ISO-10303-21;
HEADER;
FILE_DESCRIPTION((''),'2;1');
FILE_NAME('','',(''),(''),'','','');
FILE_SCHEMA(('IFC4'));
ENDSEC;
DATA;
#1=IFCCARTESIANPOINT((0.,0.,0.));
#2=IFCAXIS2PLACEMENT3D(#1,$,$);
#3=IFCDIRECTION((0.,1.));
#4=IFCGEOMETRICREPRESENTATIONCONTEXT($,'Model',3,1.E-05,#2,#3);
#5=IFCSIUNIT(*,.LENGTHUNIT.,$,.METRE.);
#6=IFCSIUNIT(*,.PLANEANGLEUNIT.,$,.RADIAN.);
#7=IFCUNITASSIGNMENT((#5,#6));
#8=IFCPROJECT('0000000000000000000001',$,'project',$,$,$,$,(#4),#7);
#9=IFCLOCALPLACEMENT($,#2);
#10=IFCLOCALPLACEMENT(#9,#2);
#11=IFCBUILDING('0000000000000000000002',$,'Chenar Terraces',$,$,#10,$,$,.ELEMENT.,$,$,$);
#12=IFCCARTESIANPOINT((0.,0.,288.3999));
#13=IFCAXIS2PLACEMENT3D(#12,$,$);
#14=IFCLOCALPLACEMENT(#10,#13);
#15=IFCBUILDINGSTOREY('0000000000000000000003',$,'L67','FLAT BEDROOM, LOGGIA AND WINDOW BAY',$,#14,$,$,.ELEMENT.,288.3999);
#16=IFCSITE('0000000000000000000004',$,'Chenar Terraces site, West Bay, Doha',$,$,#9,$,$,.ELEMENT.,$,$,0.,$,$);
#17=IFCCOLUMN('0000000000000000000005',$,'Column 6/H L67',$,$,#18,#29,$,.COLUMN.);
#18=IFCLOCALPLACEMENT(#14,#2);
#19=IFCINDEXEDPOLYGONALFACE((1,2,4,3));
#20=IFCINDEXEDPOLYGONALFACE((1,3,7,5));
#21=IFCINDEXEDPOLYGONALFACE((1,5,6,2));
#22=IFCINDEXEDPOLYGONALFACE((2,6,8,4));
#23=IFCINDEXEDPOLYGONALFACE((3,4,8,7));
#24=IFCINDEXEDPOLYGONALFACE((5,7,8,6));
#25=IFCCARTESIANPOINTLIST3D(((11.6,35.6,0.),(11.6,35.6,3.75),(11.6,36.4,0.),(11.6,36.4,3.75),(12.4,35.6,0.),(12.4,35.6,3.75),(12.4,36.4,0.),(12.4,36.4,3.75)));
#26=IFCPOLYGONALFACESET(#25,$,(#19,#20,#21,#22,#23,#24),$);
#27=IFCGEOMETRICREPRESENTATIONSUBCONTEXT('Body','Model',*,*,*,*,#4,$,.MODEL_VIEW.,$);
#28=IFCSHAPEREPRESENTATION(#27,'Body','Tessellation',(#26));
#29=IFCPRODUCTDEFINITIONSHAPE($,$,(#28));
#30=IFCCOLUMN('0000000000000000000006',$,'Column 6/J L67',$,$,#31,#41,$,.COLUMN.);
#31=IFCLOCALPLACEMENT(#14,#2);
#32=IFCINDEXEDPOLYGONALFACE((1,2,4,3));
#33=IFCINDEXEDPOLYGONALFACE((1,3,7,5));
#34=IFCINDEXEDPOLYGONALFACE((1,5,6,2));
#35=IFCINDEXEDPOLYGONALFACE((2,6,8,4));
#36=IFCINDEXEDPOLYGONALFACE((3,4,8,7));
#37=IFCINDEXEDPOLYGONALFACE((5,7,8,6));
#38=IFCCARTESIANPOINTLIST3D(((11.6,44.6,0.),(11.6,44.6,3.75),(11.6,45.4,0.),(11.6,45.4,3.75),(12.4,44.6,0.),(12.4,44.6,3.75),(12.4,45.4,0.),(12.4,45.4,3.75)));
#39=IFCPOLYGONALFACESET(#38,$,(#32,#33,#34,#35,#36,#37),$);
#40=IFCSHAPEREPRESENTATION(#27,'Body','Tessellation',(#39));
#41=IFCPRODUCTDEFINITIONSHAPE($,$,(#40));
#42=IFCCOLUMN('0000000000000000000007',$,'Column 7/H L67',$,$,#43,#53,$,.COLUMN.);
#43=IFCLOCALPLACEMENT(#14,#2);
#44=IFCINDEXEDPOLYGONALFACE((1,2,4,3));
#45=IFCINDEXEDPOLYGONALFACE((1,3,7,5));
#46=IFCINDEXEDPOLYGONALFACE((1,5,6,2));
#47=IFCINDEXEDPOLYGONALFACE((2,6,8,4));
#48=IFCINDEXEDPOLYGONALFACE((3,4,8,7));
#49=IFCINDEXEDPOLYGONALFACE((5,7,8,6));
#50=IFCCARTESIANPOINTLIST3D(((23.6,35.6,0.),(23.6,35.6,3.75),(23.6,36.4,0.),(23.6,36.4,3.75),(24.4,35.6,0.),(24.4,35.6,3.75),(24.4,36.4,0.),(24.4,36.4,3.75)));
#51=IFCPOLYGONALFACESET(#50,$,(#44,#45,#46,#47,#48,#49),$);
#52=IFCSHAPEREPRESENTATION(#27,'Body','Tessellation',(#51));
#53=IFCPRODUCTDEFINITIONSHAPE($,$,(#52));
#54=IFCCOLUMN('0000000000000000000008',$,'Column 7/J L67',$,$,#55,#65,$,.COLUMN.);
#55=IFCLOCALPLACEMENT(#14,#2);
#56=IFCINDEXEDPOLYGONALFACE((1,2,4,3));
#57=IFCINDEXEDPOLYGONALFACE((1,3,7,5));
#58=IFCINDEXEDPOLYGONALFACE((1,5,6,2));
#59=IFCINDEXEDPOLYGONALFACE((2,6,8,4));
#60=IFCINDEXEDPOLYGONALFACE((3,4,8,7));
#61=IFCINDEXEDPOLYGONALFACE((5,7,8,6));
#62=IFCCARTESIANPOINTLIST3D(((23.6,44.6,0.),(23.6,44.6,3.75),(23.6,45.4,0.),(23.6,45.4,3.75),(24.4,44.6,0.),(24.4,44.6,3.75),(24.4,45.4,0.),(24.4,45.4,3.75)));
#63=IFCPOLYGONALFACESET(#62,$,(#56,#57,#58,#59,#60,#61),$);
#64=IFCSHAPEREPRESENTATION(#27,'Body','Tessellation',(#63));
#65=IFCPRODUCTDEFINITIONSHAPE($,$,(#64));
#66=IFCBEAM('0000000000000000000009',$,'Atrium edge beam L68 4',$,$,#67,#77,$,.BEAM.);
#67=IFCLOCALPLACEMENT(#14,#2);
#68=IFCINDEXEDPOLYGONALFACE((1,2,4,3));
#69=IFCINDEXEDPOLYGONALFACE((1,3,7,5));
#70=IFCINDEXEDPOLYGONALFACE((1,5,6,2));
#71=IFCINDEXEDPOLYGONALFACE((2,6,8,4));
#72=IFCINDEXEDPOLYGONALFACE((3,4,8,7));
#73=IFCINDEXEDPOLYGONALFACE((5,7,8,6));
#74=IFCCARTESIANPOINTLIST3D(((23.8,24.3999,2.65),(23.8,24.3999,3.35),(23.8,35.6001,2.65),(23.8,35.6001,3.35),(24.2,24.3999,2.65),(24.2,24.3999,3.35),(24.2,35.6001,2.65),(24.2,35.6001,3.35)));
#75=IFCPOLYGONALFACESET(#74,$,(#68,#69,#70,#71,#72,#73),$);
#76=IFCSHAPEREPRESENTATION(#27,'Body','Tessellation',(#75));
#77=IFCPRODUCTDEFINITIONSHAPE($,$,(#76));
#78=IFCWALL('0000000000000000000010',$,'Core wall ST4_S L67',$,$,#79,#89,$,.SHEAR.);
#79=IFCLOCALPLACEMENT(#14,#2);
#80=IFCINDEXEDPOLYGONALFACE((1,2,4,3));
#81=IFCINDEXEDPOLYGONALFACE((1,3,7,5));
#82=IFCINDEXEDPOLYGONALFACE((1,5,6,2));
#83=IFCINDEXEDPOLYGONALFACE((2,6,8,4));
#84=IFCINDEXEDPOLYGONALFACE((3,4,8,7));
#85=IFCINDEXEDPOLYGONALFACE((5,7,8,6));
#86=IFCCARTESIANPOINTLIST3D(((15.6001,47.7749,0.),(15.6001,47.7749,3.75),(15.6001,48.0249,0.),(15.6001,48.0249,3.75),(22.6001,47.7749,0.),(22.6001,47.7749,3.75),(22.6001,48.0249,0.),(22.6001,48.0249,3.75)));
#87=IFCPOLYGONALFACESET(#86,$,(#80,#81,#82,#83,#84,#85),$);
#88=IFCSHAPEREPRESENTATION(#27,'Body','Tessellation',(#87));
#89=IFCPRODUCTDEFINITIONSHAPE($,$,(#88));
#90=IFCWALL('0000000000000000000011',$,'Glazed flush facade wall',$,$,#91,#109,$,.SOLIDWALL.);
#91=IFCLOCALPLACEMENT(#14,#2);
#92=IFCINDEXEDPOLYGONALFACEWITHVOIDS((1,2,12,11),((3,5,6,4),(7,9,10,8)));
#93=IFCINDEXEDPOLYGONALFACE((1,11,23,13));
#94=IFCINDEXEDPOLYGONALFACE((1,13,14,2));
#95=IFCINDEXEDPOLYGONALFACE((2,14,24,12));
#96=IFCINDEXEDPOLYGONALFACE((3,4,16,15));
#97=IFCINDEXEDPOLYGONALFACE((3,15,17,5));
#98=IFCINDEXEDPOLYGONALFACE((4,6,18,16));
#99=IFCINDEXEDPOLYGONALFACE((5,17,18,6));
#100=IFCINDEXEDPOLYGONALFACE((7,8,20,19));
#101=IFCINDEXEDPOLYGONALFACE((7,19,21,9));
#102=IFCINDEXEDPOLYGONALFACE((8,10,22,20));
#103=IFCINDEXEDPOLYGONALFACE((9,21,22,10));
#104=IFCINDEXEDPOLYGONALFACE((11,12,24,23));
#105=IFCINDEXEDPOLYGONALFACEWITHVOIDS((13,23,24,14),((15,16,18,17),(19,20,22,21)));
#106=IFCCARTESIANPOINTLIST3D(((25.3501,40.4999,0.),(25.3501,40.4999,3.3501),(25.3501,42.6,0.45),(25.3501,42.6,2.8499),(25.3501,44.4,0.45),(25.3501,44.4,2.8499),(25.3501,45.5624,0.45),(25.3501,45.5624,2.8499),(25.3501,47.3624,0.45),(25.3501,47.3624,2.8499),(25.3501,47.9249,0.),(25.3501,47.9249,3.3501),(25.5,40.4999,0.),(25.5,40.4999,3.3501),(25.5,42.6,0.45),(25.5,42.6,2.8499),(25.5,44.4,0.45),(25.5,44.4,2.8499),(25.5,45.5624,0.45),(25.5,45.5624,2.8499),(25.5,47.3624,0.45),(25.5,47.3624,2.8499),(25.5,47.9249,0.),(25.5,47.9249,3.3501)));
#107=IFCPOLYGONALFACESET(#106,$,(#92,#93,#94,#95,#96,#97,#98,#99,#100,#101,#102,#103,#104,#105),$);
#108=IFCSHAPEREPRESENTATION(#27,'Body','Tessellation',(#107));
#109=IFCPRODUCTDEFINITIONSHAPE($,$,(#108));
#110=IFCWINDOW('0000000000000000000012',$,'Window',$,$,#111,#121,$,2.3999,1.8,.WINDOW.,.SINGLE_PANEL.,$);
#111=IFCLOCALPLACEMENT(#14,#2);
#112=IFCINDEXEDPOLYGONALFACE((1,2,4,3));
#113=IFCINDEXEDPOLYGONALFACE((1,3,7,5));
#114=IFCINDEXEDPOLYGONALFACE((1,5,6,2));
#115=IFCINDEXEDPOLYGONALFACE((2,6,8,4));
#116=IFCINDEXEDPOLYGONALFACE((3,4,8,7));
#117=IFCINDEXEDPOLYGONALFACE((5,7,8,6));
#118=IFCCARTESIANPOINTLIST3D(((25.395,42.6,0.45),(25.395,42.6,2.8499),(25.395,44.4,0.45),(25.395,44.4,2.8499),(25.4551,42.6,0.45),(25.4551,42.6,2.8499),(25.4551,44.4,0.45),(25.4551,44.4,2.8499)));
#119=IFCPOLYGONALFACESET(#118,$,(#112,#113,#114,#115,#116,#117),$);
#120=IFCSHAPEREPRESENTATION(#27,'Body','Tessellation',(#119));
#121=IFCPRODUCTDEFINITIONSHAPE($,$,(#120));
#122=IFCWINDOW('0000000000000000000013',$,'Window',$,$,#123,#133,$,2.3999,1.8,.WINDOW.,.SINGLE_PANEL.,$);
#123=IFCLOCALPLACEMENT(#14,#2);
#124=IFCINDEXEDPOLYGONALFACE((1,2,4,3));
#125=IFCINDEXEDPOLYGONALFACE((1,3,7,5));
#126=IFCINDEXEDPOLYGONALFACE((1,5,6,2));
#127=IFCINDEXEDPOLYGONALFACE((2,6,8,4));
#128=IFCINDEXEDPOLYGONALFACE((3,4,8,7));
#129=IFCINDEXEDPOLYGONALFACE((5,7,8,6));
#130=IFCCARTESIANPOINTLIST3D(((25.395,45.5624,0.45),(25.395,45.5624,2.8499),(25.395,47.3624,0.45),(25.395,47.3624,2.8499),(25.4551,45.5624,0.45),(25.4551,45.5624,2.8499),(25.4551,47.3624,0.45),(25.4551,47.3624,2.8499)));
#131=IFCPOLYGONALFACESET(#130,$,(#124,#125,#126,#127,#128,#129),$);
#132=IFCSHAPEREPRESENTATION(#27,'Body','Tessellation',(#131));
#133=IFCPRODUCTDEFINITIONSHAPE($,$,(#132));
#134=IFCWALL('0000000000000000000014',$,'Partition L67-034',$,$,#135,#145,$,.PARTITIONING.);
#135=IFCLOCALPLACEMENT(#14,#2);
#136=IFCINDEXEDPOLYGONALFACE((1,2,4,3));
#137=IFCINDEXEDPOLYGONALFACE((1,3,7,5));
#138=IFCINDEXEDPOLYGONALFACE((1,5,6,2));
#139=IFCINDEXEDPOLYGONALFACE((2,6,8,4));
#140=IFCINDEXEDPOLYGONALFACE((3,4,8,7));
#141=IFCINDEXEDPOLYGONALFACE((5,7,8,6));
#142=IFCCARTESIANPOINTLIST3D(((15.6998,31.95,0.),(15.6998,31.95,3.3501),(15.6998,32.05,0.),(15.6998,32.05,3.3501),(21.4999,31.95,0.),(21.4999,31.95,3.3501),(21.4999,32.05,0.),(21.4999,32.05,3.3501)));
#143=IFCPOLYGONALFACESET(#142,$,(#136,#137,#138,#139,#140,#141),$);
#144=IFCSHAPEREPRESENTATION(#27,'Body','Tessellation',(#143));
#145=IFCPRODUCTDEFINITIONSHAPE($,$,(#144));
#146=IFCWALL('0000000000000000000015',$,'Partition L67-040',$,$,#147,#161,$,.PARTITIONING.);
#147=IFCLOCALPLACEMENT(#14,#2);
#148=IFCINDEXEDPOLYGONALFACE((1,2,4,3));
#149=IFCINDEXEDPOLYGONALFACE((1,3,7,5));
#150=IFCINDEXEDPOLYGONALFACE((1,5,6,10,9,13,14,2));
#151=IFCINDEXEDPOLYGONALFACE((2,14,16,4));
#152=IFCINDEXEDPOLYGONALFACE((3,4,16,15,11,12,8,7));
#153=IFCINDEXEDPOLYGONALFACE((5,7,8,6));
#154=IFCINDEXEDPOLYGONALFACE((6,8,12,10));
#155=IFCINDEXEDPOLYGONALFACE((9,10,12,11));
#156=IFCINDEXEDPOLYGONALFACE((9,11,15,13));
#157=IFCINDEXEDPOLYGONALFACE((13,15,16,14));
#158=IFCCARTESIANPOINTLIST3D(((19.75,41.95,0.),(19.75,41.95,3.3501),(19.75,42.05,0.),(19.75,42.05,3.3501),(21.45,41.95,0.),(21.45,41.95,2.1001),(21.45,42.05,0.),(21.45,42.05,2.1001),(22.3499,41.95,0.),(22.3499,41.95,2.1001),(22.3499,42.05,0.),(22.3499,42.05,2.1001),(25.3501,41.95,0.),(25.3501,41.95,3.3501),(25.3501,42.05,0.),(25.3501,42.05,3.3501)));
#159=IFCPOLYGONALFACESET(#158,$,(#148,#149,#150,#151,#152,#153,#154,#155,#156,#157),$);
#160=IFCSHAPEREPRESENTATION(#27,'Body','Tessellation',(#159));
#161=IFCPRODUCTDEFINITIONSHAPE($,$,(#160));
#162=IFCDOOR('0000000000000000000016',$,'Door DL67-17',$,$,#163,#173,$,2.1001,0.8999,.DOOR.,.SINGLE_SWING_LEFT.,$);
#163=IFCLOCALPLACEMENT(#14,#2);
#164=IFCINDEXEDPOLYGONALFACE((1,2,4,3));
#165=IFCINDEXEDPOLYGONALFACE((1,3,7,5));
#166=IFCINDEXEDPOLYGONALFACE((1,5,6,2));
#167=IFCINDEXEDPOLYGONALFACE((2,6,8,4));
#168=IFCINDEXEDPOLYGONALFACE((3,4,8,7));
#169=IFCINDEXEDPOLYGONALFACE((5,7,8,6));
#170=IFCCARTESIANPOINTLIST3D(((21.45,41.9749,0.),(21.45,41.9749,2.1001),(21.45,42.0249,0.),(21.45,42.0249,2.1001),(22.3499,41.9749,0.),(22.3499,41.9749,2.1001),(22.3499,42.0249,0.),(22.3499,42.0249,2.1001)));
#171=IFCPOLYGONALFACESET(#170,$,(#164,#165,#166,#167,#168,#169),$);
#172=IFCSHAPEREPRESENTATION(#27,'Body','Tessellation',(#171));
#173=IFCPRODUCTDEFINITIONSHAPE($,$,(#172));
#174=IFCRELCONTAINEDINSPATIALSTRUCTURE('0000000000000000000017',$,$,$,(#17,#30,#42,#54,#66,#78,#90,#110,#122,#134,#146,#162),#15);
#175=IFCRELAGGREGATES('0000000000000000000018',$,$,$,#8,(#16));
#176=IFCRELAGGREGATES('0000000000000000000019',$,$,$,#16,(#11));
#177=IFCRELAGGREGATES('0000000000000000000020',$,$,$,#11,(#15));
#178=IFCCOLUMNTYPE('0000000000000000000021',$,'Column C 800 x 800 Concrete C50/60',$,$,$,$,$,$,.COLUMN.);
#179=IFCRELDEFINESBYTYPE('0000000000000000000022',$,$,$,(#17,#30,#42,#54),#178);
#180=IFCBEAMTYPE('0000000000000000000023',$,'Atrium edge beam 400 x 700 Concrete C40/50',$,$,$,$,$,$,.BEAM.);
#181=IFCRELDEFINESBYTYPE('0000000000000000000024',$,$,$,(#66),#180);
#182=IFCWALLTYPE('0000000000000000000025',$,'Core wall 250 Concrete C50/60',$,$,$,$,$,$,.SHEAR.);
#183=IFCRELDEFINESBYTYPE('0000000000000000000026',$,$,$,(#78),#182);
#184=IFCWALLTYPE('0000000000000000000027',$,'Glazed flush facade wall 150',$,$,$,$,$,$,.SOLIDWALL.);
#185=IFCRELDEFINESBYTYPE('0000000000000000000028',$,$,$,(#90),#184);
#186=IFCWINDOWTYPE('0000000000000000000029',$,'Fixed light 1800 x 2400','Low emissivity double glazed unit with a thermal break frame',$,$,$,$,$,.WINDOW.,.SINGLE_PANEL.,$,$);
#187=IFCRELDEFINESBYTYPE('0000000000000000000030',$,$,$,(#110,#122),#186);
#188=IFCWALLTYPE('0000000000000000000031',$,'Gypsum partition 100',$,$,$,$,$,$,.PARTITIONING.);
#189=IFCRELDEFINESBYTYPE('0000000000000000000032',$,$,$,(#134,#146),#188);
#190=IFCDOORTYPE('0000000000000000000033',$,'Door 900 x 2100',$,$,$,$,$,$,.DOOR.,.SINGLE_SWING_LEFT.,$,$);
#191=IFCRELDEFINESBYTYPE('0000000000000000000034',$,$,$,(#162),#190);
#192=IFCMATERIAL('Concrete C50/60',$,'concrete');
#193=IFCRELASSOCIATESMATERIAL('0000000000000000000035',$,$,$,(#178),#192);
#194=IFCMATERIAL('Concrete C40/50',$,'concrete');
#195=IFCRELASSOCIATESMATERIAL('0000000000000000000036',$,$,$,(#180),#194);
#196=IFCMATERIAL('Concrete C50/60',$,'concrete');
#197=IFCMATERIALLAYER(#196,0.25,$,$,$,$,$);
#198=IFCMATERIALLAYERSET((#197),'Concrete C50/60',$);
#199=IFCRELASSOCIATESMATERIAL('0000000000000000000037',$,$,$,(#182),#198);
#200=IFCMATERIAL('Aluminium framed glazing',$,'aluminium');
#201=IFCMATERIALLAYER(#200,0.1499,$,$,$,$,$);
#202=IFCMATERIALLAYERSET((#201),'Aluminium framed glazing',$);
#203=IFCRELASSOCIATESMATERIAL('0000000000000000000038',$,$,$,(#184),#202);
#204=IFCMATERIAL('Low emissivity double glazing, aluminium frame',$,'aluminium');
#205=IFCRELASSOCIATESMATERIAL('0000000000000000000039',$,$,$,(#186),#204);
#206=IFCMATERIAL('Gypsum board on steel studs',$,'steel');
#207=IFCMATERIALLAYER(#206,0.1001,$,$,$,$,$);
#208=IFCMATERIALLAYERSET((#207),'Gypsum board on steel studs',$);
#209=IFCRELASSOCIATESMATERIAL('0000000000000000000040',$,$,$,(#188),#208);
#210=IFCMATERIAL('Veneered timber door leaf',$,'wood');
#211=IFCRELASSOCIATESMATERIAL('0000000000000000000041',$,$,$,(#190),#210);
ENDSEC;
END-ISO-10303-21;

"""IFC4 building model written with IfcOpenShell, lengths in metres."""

from ifc_helpers import new_model, si_unit, direction, frame, frame_2d, origin, origin_2d, place, context, subcontext, project, spatial, rectangle, extrude, material, layer, layer_set, material_profile, profile_set, type_object, element, fill, save


model = new_model("IFC4")

# Units and contexts
model_context = context("Model", 3, precision=1e-05, world=origin(), true_north=direction((0.0, 1.0)))
body_context = subcontext(model_context, "Body", "Model", "MODEL_VIEW")
ifc_project = project(units=[si_unit("LENGTHUNIT", "METRE"), si_unit("PLANEANGLEUNIT", "RADIAN")], contexts=[model_context])

# Site, building, storey
site_placement = place(None, origin())
site = spatial("IfcSite", under=ifc_project, at=site_placement, Name="Chenar Terraces site, West Bay, Doha", CompositionType="ELEMENT", RefElevation=0.0)
building_placement = place(site_placement, origin())
building = spatial("IfcBuilding", under=site, at=building_placement, Name="Chenar Terraces", CompositionType="ELEMENT")
storey_placement = place(building_placement, frame((0.0, 0.0, 288.3999)))
storey = spatial("IfcBuildingStorey", under=building, at=storey_placement, Name="L67", Description="FLAT BEDROOM, LOGGIA AND WINDOW BAY", CompositionType="ELEMENT", Elevation=288.3999)

# Columns
ifc_material_1 = material(Name="Concrete C50/60", Category="concrete")
ifc_material_profile_1 = material_profile(ifc_material_1, rectangle(XDim=0.8, YDim=0.8, at=origin_2d()), Name="C 800 x 800")
ifc_profile_set_1 = profile_set([ifc_material_profile_1], Name="Concrete C50/60")
column_type = type_object("IfcColumnType", Name="Column C 800 x 800 Concrete C50/60", PredefinedType="COLUMN", material=ifc_profile_set_1)
for number, where, z_axis, x_axis, name in (
    (1, (12.0, 36.0, 0.0), (0.0, 0.0, 1.0), (1.0, 0.0, 0.0), "Column 6/H L67"),
    (2, (12.0, 45.0, 0.0), (0.0, 0.0, 1.0), (1.0, 0.0, 0.0), "Column 6/J L67"),
    (3, (24.0, 36.0, 0.0), (0.0, 0.0, 1.0), (1.0, 0.0, 0.0), "Column 7/H L67"),
    (4, (24.0, 45.0, 0.0), (0.0, 0.0, 1.0), (1.0, 0.0, 0.0), "Column 7/J L67"),
):
    element("IfcColumn", number, at=place(storey_placement, frame(where, z_axis=z_axis, x_axis=x_axis)), inside=storey, type_object=column_type, Name=name, PredefinedType="COLUMN", context=body_context, shape_type="SweptSolid", body=[
        extrude(rectangle(XDim=0.8, YDim=0.8, at=origin_2d()), origin(), (0.0, 0.0, 1.0), 3.75),
    ])

# Beam
ifc_material_2 = material(Name="Concrete C40/50", Category="concrete")
ifc_material_profile_2 = material_profile(ifc_material_2, rectangle(XDim=0.3999, YDim=0.7, at=origin_2d()), Name="RC 400 x 700")
ifc_profile_set_2 = profile_set([ifc_material_profile_2], Name="Concrete C40/50")
beam_type = type_object("IfcBeamType", Name="Atrium edge beam 400 x 700 Concrete C40/50", PredefinedType="BEAM", material=ifc_profile_set_2)
beam_placement = place(storey_placement, frame((24.0, 35.6001, 3.0), z_axis=(0.0, -1.0, 0.0), x_axis=(1.0, 0.0, 0.0)))
element("IfcBeam", 5, at=beam_placement, inside=storey, type_object=beam_type, Name="Atrium edge beam L68 4", PredefinedType="BEAM", context=body_context, shape_type="SweptSolid", body=[
    extrude(rectangle(XDim=0.3999, YDim=0.7, at=origin_2d()), origin(), (0.0, 0.0, 1.0), 11.2002),
])

# Wall
ifc_material_3 = material(Name="Concrete C50/60", Category="concrete")
ifc_layer_1 = layer(ifc_material_3, 0.25)
ifc_layer_set_1 = layer_set([ifc_layer_1], Name="Concrete C50/60")
wall_type_1 = type_object("IfcWallType", Name="Core wall 250 Concrete C50/60", PredefinedType="SHEAR", material=ifc_layer_set_1)
wall_1_placement = place(storey_placement, frame((15.6001, 47.8999, 0.0), z_axis=(0.0, 0.0, 1.0), x_axis=(1.0, 0.0, 0.0)))
element("IfcWall", 6, at=wall_1_placement, inside=storey, type_object=wall_type_1, Name="Core wall ST4_S L67", PredefinedType="SHEAR", context=body_context, shape_type="SweptSolid", body=[
    extrude(rectangle(XDim=7.0, YDim=0.25, at=frame_2d((3.5, 0.0))), origin(), (0.0, 0.0, 1.0), 3.75),
])

# Wall, openings, windows
ifc_material_4 = material(Name="Aluminium framed glazing", Category="aluminium")
ifc_layer_2 = layer(ifc_material_4, 0.1499)
ifc_layer_set_2 = layer_set([ifc_layer_2], Name="Aluminium framed glazing")
wall_type_2 = type_object("IfcWallType", Name="Glazed flush facade wall 150", PredefinedType="SOLIDWALL", material=ifc_layer_set_2)
wall_2_placement = place(storey_placement, frame((25.425, 40.5, 0.0), z_axis=(0.0, 0.0, 1.0), x_axis=(0.0, 1.0, 0.0)))
wall_2 = element("IfcWall", 7, at=wall_2_placement, inside=storey, type_object=wall_type_2, Name="Glazed flush facade wall", PredefinedType="SOLIDWALL", context=body_context, shape_type="SweptSolid", body=[
    extrude(rectangle(XDim=7.425, YDim=0.1499, at=frame_2d((3.7124, 0.0))), origin(), (0.0, 0.0, 1.0), 3.3501),
])
opening_1_placement = place(wall_2_placement, frame((2.1001, 0.0, 0.45)))
opening_1 = element("IfcOpeningElement", 8, at=opening_1_placement, cuts=wall_2, PredefinedType="OPENING", context=body_context, shape_type="SweptSolid", body=[
    extrude(rectangle(XDim=1.8, YDim=2.3999, at=frame_2d((0.8999, 1.2))), frame((0.0, 0.085, 0.0), z_axis=(0.0, -1.0, 0.0), x_axis=(1.0, 0.0, 0.0)), (0.0, 0.0, 1.0), 0.1699),
])
opening_2_placement = place(wall_2_placement, frame((5.0625, 0.0, 0.45)))
opening_2 = element("IfcOpeningElement", 9, at=opening_2_placement, cuts=wall_2, PredefinedType="OPENING", context=body_context, shape_type="SweptSolid", body=[
    extrude(rectangle(XDim=1.8, YDim=2.3999, at=frame_2d((0.8999, 1.2))), frame((0.0, 0.085, 0.0), z_axis=(0.0, -1.0, 0.0), x_axis=(1.0, 0.0, 0.0)), (0.0, 0.0, 1.0), 0.1699),
])
ifc_material_5 = material(Name="Low emissivity double glazing, aluminium frame", Category="aluminium")
window_type = type_object("IfcWindowType", Name="Fixed light 1800 x 2400", Description="Low emissivity double glazed unit with a thermal break frame", PartitioningType="SINGLE_PANEL", PredefinedType="WINDOW", material=ifc_material_5)
window_1_placement = place(opening_1_placement, origin())
window_1 = element("IfcWindow", 10, at=window_1_placement, inside=storey, type_object=window_type, Name="Window", OverallHeight=2.3999, OverallWidth=1.8, PartitioningType="SINGLE_PANEL", PredefinedType="WINDOW", context=body_context, shape_type="SweptSolid", body=[
    extrude(rectangle(XDim=1.8, YDim=2.3999, at=frame_2d((0.8999, 1.2))), frame((0.0, 0.03, 0.0), z_axis=(0.0, -1.0, 0.0), x_axis=(1.0, 0.0, 0.0)), (0.0, 0.0, 1.0), 0.0601),
])
fill(opening_1, window_1)
window_2_placement = place(opening_2_placement, origin())
window_2 = element("IfcWindow", 11, at=window_2_placement, inside=storey, type_object=window_type, Name="Window", OverallHeight=2.3999, OverallWidth=1.8, PartitioningType="SINGLE_PANEL", PredefinedType="WINDOW", context=body_context, shape_type="SweptSolid", body=[
    extrude(rectangle(XDim=1.8, YDim=2.3999, at=frame_2d((0.8999, 1.2))), frame((0.0, 0.03, 0.0), z_axis=(0.0, -1.0, 0.0), x_axis=(1.0, 0.0, 0.0)), (0.0, 0.0, 1.0), 0.0601),
])
fill(opening_2, window_2)

# Wall
ifc_material_6 = material(Name="Gypsum board on steel studs", Category="steel")
ifc_layer_3 = layer(ifc_material_6, 0.1001)
ifc_layer_set_3 = layer_set([ifc_layer_3], Name="Gypsum board on steel studs")
wall_type_3 = type_object("IfcWallType", Name="Gypsum partition 100", PredefinedType="PARTITIONING", material=ifc_layer_set_3)
wall_3_placement = place(storey_placement, frame((15.7, 32.0, 0.0), z_axis=(0.0, 0.0, 1.0), x_axis=(1.0, 0.0, 0.0)))
element("IfcWall", 12, at=wall_3_placement, inside=storey, type_object=wall_type_3, Name="Partition L67-034", PredefinedType="PARTITIONING", context=body_context, shape_type="SweptSolid", body=[
    extrude(rectangle(XDim=5.8, YDim=0.1001, at=frame_2d((2.8999, 0.0))), origin(), (0.0, 0.0, 1.0), 3.3501),
])

# Wall, opening, door
wall_4_placement = place(storey_placement, frame((19.75, 42.0, 0.0), z_axis=(0.0, 0.0, 1.0), x_axis=(1.0, 0.0, 0.0)))
wall_4 = element("IfcWall", 13, at=wall_4_placement, inside=storey, type_object=wall_type_3, Name="Partition L67-040", PredefinedType="PARTITIONING", context=body_context, shape_type="SweptSolid", body=[
    extrude(rectangle(XDim=5.6001, YDim=0.1001, at=frame_2d((2.8, 0.0))), origin(), (0.0, 0.0, 1.0), 3.3501),
])
opening_3_placement = place(wall_4_placement, frame((1.7, 0.0, 0.0)))
opening_3 = element("IfcOpeningElement", 14, at=opening_3_placement, cuts=wall_4, PredefinedType="OPENING", context=body_context, shape_type="SweptSolid", body=[
    extrude(rectangle(XDim=0.8999, YDim=2.1001, at=frame_2d((0.45, 1.05))), frame((0.0, 0.0601, 0.0), z_axis=(0.0, -1.0, 0.0), x_axis=(1.0, 0.0, 0.0)), (0.0, 0.0, 1.0), 0.1201),
])
ifc_material_7 = material(Name="Veneered timber door leaf", Category="wood")
door_type_1 = type_object("IfcDoorType", Name="Door 900 x 2100", OperationType="SINGLE_SWING_LEFT", PredefinedType="DOOR", material=ifc_material_7)
door_1_placement = place(opening_3_placement, origin())
door_1 = element("IfcDoor", 15, at=door_1_placement, inside=storey, type_object=door_type_1, Name="Door DL67-17", OperationType="SINGLE_SWING_LEFT", OverallHeight=2.1001, OverallWidth=0.8999, PredefinedType="DOOR", context=body_context, shape_type="SweptSolid", body=[
    extrude(rectangle(XDim=0.8999, YDim=2.1001, at=frame_2d((0.45, 1.05))), frame((0.0, 0.0249, 0.0), z_axis=(0.0, -1.0, 0.0), x_axis=(1.0, 0.0, 0.0)), (0.0, 0.0, 1.0), 0.05),
])
fill(opening_3, door_1)

save(model, "model.ifc")
